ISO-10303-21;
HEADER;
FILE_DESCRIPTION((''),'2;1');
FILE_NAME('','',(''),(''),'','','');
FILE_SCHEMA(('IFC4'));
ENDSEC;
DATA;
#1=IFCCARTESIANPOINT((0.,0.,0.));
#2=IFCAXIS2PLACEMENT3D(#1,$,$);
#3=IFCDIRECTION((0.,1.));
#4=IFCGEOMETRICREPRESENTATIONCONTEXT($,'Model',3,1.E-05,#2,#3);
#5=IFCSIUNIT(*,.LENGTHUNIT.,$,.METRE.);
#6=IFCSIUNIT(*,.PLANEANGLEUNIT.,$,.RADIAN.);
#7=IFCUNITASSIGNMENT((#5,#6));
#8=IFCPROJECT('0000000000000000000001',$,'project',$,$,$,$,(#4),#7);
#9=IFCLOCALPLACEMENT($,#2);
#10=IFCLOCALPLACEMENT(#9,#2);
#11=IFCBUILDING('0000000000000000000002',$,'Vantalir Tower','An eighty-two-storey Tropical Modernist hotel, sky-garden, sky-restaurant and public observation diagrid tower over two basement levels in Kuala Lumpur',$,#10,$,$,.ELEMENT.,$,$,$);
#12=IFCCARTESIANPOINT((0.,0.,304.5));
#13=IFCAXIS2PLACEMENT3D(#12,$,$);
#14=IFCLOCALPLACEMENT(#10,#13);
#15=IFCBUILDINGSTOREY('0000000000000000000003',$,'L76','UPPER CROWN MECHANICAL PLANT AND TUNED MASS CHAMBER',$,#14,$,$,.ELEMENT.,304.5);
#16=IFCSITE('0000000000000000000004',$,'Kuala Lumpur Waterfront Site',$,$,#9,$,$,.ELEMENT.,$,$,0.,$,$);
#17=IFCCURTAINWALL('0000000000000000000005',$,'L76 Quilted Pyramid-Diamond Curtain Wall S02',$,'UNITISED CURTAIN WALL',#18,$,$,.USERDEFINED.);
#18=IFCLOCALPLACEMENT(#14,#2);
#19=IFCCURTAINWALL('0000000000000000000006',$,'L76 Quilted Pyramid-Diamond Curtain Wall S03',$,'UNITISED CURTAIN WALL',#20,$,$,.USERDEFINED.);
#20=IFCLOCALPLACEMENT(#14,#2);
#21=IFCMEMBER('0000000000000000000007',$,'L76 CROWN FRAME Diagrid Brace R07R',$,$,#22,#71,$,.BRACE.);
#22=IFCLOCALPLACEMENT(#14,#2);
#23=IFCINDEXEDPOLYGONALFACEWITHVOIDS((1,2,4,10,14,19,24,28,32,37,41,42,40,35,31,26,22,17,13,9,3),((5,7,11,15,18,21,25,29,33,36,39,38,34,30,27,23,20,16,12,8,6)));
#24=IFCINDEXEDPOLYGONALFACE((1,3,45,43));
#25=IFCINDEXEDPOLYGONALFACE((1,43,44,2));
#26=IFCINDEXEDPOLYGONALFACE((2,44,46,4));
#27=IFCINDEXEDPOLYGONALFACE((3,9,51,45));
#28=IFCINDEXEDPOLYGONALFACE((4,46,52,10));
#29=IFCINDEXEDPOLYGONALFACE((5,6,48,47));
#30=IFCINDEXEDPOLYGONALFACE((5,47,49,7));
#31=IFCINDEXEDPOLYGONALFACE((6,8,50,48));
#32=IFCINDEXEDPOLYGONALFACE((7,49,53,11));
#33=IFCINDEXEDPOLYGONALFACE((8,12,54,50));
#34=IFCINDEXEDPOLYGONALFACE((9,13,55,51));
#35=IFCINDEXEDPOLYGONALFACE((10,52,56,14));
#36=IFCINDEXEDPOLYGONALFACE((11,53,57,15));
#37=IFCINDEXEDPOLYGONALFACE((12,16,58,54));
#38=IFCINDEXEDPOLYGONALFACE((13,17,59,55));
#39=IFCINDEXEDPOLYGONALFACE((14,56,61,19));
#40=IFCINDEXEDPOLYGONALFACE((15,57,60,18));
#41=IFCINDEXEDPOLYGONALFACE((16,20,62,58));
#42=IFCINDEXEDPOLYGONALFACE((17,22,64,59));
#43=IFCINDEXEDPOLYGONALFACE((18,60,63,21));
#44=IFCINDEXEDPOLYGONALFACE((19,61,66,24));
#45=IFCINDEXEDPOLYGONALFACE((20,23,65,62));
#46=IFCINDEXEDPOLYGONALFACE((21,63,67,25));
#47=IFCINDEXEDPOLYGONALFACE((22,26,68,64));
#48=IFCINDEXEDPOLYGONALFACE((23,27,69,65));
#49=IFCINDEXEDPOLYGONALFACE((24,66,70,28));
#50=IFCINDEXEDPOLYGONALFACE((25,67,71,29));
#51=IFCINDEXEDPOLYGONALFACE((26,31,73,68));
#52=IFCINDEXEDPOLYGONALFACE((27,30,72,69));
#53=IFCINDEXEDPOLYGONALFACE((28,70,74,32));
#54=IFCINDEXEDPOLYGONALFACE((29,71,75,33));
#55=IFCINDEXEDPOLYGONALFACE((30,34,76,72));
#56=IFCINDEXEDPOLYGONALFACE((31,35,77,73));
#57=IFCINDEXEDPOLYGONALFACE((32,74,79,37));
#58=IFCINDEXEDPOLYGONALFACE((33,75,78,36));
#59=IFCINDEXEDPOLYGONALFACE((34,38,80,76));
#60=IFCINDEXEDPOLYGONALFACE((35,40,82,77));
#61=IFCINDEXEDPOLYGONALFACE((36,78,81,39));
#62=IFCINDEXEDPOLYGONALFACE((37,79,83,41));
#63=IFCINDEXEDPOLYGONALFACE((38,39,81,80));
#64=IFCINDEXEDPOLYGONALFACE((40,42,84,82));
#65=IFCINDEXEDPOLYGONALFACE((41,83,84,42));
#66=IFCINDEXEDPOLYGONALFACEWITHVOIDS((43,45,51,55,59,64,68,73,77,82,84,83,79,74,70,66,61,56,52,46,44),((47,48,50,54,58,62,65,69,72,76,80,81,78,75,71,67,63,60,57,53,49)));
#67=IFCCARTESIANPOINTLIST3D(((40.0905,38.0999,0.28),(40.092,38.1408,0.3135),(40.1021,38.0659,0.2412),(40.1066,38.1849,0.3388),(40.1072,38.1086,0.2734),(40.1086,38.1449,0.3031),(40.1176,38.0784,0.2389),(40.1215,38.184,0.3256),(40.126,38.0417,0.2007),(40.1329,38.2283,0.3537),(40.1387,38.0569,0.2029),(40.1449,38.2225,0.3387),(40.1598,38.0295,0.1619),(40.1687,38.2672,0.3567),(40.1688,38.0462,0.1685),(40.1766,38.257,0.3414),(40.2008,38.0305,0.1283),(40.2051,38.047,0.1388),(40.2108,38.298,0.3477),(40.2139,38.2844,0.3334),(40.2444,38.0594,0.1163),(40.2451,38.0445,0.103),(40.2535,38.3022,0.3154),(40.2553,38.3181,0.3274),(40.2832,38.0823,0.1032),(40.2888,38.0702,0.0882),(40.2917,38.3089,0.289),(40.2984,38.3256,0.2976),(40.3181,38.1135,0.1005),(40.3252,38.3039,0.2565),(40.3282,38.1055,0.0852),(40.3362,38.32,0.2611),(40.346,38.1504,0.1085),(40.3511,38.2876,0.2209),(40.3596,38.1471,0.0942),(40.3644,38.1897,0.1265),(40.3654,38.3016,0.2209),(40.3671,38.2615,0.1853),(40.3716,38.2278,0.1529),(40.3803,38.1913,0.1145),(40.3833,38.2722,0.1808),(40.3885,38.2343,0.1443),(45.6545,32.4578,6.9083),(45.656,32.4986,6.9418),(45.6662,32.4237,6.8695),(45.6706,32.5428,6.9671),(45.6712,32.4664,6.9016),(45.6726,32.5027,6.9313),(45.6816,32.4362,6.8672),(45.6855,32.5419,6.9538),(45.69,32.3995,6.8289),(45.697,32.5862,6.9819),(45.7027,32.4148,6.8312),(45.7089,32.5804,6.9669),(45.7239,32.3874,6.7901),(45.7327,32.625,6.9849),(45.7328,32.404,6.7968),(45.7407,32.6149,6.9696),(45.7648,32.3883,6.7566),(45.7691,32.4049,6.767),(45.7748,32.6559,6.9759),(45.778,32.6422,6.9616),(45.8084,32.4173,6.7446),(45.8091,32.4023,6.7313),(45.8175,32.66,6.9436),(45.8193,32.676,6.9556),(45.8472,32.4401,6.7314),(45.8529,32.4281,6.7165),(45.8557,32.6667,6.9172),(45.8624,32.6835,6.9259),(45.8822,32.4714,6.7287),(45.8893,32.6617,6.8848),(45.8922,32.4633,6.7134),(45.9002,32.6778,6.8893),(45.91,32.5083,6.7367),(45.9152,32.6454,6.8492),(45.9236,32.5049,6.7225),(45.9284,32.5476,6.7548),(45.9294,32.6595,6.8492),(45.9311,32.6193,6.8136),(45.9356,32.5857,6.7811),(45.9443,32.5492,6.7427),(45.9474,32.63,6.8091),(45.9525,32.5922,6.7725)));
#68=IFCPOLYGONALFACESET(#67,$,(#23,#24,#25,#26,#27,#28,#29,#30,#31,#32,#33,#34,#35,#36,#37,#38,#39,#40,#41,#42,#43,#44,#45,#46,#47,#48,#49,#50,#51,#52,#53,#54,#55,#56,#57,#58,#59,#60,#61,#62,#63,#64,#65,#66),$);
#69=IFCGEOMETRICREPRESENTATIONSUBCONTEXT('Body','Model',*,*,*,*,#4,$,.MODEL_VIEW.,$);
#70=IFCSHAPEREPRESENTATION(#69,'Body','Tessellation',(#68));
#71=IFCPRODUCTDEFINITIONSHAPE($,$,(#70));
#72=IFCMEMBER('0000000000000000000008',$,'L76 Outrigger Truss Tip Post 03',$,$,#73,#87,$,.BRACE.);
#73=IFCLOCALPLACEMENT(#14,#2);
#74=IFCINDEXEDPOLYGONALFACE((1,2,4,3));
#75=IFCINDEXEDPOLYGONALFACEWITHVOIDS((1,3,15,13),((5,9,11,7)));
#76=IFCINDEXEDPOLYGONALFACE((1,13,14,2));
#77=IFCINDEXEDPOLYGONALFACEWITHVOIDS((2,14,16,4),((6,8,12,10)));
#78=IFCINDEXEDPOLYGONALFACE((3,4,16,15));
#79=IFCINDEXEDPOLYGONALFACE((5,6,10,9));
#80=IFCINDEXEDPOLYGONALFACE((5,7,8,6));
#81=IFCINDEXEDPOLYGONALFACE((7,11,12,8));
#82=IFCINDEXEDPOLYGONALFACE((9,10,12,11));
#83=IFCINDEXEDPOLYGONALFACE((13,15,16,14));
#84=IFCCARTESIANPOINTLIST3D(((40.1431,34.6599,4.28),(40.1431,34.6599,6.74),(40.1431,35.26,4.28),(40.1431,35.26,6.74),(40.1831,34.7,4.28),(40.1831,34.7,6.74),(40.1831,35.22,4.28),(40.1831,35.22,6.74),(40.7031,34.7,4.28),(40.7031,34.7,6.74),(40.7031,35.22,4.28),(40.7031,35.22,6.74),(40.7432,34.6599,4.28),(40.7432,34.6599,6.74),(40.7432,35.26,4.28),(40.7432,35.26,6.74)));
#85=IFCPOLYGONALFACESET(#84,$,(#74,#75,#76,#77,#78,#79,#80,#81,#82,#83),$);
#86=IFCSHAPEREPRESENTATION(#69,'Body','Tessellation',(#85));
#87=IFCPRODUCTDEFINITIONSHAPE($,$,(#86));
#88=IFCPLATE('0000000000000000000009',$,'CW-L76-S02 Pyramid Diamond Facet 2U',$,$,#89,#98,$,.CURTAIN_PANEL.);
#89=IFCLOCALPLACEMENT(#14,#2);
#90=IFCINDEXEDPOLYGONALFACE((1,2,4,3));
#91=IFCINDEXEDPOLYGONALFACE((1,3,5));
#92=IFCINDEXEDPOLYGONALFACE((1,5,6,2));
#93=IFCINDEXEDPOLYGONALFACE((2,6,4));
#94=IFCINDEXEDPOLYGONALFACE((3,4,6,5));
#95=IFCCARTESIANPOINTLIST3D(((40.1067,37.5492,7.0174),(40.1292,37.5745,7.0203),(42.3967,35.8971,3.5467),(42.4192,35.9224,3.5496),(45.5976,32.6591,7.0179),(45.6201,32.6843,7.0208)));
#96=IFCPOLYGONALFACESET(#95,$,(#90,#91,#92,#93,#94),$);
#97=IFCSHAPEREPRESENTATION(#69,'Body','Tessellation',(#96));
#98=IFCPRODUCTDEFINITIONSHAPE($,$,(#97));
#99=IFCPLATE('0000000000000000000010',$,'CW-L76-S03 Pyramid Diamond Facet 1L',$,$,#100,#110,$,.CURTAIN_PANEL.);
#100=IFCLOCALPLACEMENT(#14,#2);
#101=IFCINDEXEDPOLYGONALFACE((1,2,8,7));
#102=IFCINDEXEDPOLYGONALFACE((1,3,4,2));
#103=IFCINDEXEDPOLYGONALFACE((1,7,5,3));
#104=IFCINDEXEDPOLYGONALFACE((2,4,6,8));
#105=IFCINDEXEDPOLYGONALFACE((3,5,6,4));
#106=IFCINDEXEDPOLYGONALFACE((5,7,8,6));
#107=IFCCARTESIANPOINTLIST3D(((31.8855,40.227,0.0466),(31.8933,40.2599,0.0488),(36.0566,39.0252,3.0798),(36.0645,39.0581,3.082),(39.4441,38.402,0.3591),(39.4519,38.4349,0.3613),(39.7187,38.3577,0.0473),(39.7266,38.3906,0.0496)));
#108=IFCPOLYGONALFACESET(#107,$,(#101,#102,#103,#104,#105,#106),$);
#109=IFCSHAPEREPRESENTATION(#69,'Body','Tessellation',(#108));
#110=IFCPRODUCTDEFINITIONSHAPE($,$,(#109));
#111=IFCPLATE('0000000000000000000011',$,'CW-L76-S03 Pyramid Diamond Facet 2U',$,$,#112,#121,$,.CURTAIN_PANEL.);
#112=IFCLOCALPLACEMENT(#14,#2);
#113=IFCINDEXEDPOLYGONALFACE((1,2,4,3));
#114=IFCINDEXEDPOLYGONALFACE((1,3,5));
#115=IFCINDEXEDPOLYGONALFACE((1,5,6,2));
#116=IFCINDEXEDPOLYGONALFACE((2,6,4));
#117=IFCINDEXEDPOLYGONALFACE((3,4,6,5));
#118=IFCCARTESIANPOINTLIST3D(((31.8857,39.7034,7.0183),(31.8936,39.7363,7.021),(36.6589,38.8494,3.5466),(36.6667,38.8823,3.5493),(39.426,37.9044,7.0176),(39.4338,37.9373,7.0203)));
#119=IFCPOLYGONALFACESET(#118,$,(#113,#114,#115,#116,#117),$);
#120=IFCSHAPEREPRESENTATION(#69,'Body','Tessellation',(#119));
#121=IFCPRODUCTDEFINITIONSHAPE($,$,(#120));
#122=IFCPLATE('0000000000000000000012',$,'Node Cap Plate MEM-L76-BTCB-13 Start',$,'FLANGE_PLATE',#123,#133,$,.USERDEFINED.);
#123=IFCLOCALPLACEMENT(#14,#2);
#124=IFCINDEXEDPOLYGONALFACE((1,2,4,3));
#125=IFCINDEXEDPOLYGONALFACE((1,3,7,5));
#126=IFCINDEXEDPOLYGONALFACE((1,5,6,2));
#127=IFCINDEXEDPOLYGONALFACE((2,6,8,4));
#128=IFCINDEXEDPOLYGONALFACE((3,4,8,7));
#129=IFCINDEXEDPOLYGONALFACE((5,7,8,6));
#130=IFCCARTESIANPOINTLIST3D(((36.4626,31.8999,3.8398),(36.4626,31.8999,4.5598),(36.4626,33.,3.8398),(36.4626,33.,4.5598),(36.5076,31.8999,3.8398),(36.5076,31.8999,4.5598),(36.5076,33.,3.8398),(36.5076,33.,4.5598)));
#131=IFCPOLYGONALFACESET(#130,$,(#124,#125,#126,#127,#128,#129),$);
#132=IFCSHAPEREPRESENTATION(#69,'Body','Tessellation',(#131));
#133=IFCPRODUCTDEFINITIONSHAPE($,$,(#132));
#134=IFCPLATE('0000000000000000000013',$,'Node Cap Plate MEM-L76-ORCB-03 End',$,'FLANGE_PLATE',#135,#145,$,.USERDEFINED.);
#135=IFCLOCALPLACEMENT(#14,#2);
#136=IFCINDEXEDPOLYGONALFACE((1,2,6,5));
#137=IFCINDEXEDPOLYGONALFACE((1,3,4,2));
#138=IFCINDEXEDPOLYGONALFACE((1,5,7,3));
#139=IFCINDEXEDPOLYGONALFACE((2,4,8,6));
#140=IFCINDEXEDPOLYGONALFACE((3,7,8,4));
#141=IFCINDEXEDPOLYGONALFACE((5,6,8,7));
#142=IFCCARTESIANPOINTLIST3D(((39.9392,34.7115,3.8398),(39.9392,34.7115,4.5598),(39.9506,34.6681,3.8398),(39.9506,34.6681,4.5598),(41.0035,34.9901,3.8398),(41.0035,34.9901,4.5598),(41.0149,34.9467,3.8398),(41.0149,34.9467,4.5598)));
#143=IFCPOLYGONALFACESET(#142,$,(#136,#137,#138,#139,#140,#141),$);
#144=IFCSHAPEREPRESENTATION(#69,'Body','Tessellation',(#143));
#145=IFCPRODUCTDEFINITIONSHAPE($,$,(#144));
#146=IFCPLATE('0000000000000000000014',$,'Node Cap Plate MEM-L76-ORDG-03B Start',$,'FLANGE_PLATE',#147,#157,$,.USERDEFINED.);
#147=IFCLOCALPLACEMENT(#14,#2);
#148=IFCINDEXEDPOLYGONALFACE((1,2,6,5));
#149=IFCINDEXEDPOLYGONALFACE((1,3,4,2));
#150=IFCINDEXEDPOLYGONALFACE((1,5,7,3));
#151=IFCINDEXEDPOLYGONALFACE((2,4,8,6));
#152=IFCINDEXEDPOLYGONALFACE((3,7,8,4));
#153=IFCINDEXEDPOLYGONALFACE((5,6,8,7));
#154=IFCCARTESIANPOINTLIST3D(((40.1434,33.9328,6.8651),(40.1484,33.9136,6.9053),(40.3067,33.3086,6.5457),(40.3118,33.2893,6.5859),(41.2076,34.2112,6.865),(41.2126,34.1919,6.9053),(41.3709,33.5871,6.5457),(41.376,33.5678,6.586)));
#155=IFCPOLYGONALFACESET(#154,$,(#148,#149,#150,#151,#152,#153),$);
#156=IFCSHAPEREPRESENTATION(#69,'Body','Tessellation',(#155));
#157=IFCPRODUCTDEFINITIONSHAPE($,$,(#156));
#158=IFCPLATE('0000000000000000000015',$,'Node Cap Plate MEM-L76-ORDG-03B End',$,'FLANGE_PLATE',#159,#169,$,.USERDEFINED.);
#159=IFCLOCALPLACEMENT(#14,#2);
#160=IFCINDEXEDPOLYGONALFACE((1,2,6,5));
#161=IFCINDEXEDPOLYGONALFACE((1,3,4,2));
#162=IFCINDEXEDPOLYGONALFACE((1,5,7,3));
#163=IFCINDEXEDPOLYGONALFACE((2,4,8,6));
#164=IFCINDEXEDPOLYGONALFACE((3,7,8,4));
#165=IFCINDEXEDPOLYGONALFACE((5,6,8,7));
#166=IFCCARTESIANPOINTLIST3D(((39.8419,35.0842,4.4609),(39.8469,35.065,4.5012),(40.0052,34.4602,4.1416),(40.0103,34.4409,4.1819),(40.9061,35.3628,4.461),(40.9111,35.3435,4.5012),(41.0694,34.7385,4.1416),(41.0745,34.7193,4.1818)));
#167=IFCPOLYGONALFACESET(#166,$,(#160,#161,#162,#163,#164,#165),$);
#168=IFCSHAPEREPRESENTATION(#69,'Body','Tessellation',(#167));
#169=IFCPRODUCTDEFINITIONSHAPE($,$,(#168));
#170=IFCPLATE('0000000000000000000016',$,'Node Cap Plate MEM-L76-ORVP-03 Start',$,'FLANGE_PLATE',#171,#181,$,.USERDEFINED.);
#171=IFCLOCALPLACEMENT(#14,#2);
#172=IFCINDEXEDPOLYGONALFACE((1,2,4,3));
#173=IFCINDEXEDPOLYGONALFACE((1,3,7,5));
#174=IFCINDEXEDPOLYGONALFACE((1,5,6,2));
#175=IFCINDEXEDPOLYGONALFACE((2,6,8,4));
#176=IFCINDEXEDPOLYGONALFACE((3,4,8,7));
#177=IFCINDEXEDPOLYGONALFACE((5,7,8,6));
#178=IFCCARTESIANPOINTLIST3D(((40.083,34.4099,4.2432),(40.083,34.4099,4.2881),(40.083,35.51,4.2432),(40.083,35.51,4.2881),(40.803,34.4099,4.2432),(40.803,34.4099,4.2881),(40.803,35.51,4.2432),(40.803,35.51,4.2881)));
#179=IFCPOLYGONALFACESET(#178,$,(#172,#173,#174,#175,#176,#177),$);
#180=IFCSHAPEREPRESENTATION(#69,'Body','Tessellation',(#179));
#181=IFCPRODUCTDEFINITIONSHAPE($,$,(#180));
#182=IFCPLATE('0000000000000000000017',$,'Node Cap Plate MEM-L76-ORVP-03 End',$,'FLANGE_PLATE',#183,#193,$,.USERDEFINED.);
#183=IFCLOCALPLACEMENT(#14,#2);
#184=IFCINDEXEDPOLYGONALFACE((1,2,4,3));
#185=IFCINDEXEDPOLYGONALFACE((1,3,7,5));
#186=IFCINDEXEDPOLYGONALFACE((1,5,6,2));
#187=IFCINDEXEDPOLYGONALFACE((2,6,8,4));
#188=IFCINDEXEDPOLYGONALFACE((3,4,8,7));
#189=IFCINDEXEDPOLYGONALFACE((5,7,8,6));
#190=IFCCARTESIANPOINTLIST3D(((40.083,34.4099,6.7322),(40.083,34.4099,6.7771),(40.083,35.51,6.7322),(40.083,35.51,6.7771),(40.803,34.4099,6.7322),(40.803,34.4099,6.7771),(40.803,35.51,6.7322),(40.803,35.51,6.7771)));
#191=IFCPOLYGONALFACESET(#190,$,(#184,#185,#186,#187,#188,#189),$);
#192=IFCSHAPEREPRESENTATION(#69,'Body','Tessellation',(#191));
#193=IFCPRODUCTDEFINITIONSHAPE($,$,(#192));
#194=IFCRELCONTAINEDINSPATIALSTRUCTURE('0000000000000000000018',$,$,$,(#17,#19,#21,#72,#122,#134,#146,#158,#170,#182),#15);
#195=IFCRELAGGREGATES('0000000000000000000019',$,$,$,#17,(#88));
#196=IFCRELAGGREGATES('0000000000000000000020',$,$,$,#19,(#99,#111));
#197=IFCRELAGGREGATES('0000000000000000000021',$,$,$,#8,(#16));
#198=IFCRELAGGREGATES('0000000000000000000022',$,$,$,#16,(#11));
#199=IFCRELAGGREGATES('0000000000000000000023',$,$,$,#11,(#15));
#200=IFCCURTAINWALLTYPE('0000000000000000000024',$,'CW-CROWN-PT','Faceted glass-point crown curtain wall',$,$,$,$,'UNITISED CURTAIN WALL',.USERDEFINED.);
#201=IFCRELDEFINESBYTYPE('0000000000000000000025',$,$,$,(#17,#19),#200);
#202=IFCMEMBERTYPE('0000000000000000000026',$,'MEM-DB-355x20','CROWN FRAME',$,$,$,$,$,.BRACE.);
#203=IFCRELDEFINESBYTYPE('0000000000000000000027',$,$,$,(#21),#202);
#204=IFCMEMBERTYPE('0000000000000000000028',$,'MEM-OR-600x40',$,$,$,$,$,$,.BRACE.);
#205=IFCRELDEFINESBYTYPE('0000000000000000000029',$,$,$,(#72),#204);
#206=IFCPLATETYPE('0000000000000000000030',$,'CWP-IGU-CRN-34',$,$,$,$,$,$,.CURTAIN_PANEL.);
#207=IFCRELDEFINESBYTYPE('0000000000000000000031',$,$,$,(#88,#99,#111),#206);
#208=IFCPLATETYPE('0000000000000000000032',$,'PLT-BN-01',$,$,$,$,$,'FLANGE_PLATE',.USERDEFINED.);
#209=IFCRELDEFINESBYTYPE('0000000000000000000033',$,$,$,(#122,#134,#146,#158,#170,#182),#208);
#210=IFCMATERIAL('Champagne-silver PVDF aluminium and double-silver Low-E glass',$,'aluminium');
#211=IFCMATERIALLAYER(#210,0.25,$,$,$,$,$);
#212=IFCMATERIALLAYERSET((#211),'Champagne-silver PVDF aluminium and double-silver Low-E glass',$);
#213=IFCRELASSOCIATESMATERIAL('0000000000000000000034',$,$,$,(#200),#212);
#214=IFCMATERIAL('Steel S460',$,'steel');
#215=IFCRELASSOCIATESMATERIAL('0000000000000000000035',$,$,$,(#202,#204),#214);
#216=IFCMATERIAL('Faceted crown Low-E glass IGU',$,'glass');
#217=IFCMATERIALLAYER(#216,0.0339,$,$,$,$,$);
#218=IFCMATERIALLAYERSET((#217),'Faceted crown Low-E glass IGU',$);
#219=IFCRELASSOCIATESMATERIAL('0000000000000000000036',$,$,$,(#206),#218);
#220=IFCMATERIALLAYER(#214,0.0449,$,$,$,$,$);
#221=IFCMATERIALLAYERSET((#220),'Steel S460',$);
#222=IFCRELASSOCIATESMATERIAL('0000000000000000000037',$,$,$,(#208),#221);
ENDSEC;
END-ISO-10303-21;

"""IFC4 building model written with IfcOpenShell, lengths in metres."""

from ifc_helpers import new_model, si_unit, direction, frame, origin, origin_2d, place, context, subcontext, project, spatial, polyline, rectangle, hollow_rectangle, hollow_circle, outline, extrude, material, layer, layer_set, material_profile, profile_set, type_object, element, aggregate, save


model = new_model("IFC4")

# Units and contexts
model_context = context("Model", 3, precision=1e-05, world=origin(), true_north=direction((0.0, 1.0)))
body_context = subcontext(model_context, "Body", "Model", "MODEL_VIEW")
ifc_project = project(units=[si_unit("LENGTHUNIT", "METRE"), si_unit("PLANEANGLEUNIT", "RADIAN")], contexts=[model_context])

# Site, building, storey
site_placement = place(None, origin())
site = spatial("IfcSite", under=ifc_project, at=site_placement, Name="Kuala Lumpur Waterfront Site", CompositionType="ELEMENT", RefElevation=0.0)
building_placement = place(site_placement, origin())
building = spatial("IfcBuilding", under=site, at=building_placement, Name="Vantalir Tower", Description="An eighty-two-storey Tropical Modernist hotel, sky-garden, sky-restaurant and public observation diagrid tower over two basement levels in Kuala Lumpur", CompositionType="ELEMENT")
storey_placement = place(building_placement, frame((0.0, 0.0, 304.5)))
storey = spatial("IfcBuildingStorey", under=building, at=storey_placement, Name="L76", Description="UPPER CROWN MECHANICAL PLANT AND TUNED MASS CHAMBER", CompositionType="ELEMENT", Elevation=304.5)

# Shared definitions
ifc_material_1 = material(Name="Steel S460", Category="steel")

# Curtain wall
ifc_material_2 = material(Name="Champagne-silver PVDF aluminium and double-silver Low-E glass", Category="aluminium")
ifc_layer_1 = layer(ifc_material_2, 0.25)
ifc_layer_set_1 = layer_set([ifc_layer_1], Name="Champagne-silver PVDF aluminium and double-silver Low-E glass")
curtain_wall_type = type_object("IfcCurtainWallType", Name="CW-CROWN-PT", Description="Faceted glass-point crown curtain wall", ElementType="UNITISED CURTAIN WALL", PredefinedType="USERDEFINED", material=ifc_layer_set_1)
curtain_wall_1_placement = place(storey_placement, origin())
curtain_wall_1 = element("IfcCurtainWall", 1, at=curtain_wall_1_placement, inside=storey, type_object=curtain_wall_type, Name="L76 Quilted Pyramid-Diamond Curtain Wall S02", ObjectType="UNITISED CURTAIN WALL", PredefinedType="USERDEFINED")

# Curtain wall
curtain_wall_2_placement = place(storey_placement, origin())
curtain_wall_2 = element("IfcCurtainWall", 2, at=curtain_wall_2_placement, inside=storey, type_object=curtain_wall_type, Name="L76 Quilted Pyramid-Diamond Curtain Wall S03", ObjectType="UNITISED CURTAIN WALL", PredefinedType="USERDEFINED")

# Members
ifc_material_profile_1 = material_profile(ifc_material_1, hollow_circle(Radius=0.1775, WallThickness=0.02, at=origin_2d()), Name="Steel S460")
ifc_profile_set_1 = profile_set([ifc_material_profile_1], Name="Steel S460")
member_type_1 = type_object("IfcMemberType", Name="MEM-DB-355x20", Description="CROWN FRAME", PredefinedType="BRACE", material=ifc_profile_set_1)
member_1_placement = place(storey_placement, frame((40.239, 38.177, 0.2209), z_axis=(0.538585, -0.546147, 0.641599), x_axis=(0.712019, 0.70216, 0.0)))
element("IfcMember", 3, at=member_1_placement, inside=storey, type_object=member_type_1, Name="L76 CROWN FRAME Diagrid Brace R07R", PredefinedType="BRACE", context=body_context, shape_type="SweptSolid", body=[
    extrude(hollow_circle(Radius=0.1775, WallThickness=0.02, at=origin_2d()), origin(), (0.0, 0.0, 1.0), 10.3308),
])
ifc_material_profile_2 = material_profile(ifc_material_1, hollow_rectangle(XDim=0.6001, YDim=0.6001, WallThickness=0.04, at=origin_2d()), Name="Steel S460")
ifc_profile_set_2 = profile_set([ifc_material_profile_2], Name="Steel S460")
member_type_2 = type_object("IfcMemberType", Name="MEM-OR-600x40", PredefinedType="BRACE", material=ifc_profile_set_2)
member_2_placement = place(storey_placement, frame((40.4431, 34.96, 4.28), z_axis=(0.0, 0.0, 1.0), x_axis=(1.0, 0.0, 0.0)))
element("IfcMember", 4, at=member_2_placement, inside=storey, type_object=member_type_2, Name="L76 Outrigger Truss Tip Post 03", PredefinedType="BRACE", context=body_context, shape_type="SweptSolid", body=[
    extrude(hollow_rectangle(XDim=0.6001, YDim=0.6001, WallThickness=0.04, at=origin_2d()), origin(), (0.0, 0.0, 1.0), 2.46),
])

# Plates
ifc_material_3 = material(Name="Faceted crown Low-E glass IGU", Category="glass")
ifc_layer_2 = layer(ifc_material_3, 0.0339)
ifc_layer_set_2 = layer_set([ifc_layer_2], Name="Faceted crown Low-E glass IGU")
plate_type_1 = type_object("IfcPlateType", Name="CWP-IGU-CRN-34", PredefinedType="CURTAIN_PANEL", material=ifc_layer_set_2)
plate_1_placement = place(storey_placement, frame((40.1292, 37.5745, 7.0203), z_axis=(0.662766, 0.744206, 0.083055), x_axis=(0.746782, -0.665068, 0.000066)))
plate_1 = element("IfcPlate", 5, at=plate_1_placement, type_object=plate_type_1, Name="CW-L76-S02 Pyramid Diamond Facet 2U", PredefinedType="CURTAIN_PANEL", context=body_context, shape_type="SweptSolid", body=[
    extrude(outline(polyline([(0.0, 0.0), (7.3528, 0.0), (2.8087, 3.4829), (0.0, 0.0)])), origin(), (0.0, 0.0, -1.0), 0.0339),
])
aggregate(curtain_wall_1, [plate_1])
plate_2_placement = place(storey_placement, frame((39.7266, 38.3906, 0.0496), z_axis=(0.231603, 0.970565, 0.066059), x_axis=(-0.972688, 0.232115, -0.00009)))
plate_2 = element("IfcPlate", 6, at=plate_2_placement, type_object=plate_type_1, Name="CW-L76-S03 Pyramid Diamond Facet 1L", PredefinedType="CURTAIN_PANEL", context=body_context, shape_type="SweptSolid", body=[
    extrude(outline(polyline([(0.0, 0.0), (8.0532, 0.0), (3.7168, 3.0394), (0.2774, 0.3125), (0.0, 0.0)])), origin(), (0.0, 0.0, -1.0), 0.0339),
])
plate_3_placement = place(storey_placement, frame((31.8936, 39.7363, 7.021), z_axis=(0.231352, 0.969611, 0.079568), x_axis=(0.972697, -0.23208, -0.000094)))
plate_3 = element("IfcPlate", 7, at=plate_3_placement, type_object=plate_type_1, Name="CW-L76-S03 Pyramid Diamond Facet 2U", PredefinedType="CURTAIN_PANEL", context=body_context, shape_type="SweptSolid", body=[
    extrude(outline(polyline([(0.0, 0.0), (7.7519, 0.0), (4.8414, 3.4823), (0.0, 0.0)])), origin(), (0.0, 0.0, -1.0), 0.0339),
])
aggregate(curtain_wall_2, [plate_2, plate_3])

# Plates
ifc_layer_3 = layer(ifc_material_1, 0.0449)
ifc_layer_set_3 = layer_set([ifc_layer_3], Name="Steel S460")
plate_type_2 = type_object("IfcPlateType", Name="PLT-BN-01", ElementType="FLANGE_PLATE", PredefinedType="USERDEFINED", material=ifc_layer_set_3)
for number, where, z_axis, x_axis, name in (
    (8, (36.4851, 32.45, 3.8398), (0.0, 0.0, 1.0), (1.0, 0.0, 0.0), "Node Cap Plate MEM-L76-BTCB-13 Start"),
    (9, (40.4771, 34.8291, 3.8398), (0.0, 0.0, 1.0), (-0.253218, 0.967409, 0.0), "Node Cap Plate MEM-L76-ORCB-03 End"),
):
    element("IfcPlate", number, at=place(storey_placement, frame(where, z_axis=z_axis, x_axis=x_axis)), inside=storey, type_object=plate_type_2, Name=name, ObjectType="FLANGE_PLATE", PredefinedType="USERDEFINED", context=body_context, shape_type="SweptSolid", body=[
        extrude(rectangle(XDim=0.0449, YDim=1.1001, at=origin_2d()), origin(), (0.0, 0.0, 1.0), 0.72),
    ])
plate_4_placement = place(storey_placement, frame((40.3118, 33.2893, 6.5859), z_axis=(0.112286, -0.429157, 0.896223), x_axis=(0.967413, 0.253205, 0.000043)))
element("IfcPlate", 10, at=plate_4_placement, inside=storey, type_object=plate_type_2, Name="Node Cap Plate MEM-L76-ORDG-03B Start", ObjectType="FLANGE_PLATE", PredefinedType="USERDEFINED", context=body_context, shape_type="SweptSolid", body=[
    extrude(outline(polyline([(0.0, 0.0), (1.1001, 0.0), (1.1001, 0.7198), (0.0001, 0.72), (0.0, 0.0)])), origin(), (0.0, 0.0, -1.0), 0.0449),
])
plate_5_placement = place(storey_placement, frame((40.0103, 34.4409, 4.1819), z_axis=(0.112286, -0.429157, 0.896223), x_axis=(0.967456, 0.253039, -0.000043)))
element("IfcPlate", 11, at=plate_5_placement, inside=storey, type_object=plate_type_2, Name="Node Cap Plate MEM-L76-ORDG-03B End", ObjectType="FLANGE_PLATE", PredefinedType="USERDEFINED", context=body_context, shape_type="SweptSolid", body=[
    extrude(outline(polyline([(0.0, 0.0), (1.1, 0.0), (1.0999, 0.72), (-0.0001, 0.7198), (0.0, 0.0)])), origin(), (0.0, 0.0, -1.0), 0.0449),
])
for number, where, z_axis, x_axis, name in (
    (12, (40.083, 35.51, 4.2881), (0.0, 0.0, 1.0), (0.0, -1.0, 0.0), "Node Cap Plate MEM-L76-ORVP-03 Start"),
    (13, (40.083, 35.51, 6.7771), (0.0, 0.0, 1.0), (0.0, -1.0, 0.0), "Node Cap Plate MEM-L76-ORVP-03 End"),
):
    element("IfcPlate", number, at=place(storey_placement, frame(where, z_axis=z_axis, x_axis=x_axis)), inside=storey, type_object=plate_type_2, Name=name, ObjectType="FLANGE_PLATE", PredefinedType="USERDEFINED", context=body_context, shape_type="SweptSolid", body=[
        extrude(outline(polyline([(0.0, 0.0), (1.1001, 0.0), (1.1001, 0.72), (0.0, 0.72), (0.0, 0.0)])), origin(), (0.0, 0.0, -1.0), 0.0449),
    ])

save(model, "model.ifc")
